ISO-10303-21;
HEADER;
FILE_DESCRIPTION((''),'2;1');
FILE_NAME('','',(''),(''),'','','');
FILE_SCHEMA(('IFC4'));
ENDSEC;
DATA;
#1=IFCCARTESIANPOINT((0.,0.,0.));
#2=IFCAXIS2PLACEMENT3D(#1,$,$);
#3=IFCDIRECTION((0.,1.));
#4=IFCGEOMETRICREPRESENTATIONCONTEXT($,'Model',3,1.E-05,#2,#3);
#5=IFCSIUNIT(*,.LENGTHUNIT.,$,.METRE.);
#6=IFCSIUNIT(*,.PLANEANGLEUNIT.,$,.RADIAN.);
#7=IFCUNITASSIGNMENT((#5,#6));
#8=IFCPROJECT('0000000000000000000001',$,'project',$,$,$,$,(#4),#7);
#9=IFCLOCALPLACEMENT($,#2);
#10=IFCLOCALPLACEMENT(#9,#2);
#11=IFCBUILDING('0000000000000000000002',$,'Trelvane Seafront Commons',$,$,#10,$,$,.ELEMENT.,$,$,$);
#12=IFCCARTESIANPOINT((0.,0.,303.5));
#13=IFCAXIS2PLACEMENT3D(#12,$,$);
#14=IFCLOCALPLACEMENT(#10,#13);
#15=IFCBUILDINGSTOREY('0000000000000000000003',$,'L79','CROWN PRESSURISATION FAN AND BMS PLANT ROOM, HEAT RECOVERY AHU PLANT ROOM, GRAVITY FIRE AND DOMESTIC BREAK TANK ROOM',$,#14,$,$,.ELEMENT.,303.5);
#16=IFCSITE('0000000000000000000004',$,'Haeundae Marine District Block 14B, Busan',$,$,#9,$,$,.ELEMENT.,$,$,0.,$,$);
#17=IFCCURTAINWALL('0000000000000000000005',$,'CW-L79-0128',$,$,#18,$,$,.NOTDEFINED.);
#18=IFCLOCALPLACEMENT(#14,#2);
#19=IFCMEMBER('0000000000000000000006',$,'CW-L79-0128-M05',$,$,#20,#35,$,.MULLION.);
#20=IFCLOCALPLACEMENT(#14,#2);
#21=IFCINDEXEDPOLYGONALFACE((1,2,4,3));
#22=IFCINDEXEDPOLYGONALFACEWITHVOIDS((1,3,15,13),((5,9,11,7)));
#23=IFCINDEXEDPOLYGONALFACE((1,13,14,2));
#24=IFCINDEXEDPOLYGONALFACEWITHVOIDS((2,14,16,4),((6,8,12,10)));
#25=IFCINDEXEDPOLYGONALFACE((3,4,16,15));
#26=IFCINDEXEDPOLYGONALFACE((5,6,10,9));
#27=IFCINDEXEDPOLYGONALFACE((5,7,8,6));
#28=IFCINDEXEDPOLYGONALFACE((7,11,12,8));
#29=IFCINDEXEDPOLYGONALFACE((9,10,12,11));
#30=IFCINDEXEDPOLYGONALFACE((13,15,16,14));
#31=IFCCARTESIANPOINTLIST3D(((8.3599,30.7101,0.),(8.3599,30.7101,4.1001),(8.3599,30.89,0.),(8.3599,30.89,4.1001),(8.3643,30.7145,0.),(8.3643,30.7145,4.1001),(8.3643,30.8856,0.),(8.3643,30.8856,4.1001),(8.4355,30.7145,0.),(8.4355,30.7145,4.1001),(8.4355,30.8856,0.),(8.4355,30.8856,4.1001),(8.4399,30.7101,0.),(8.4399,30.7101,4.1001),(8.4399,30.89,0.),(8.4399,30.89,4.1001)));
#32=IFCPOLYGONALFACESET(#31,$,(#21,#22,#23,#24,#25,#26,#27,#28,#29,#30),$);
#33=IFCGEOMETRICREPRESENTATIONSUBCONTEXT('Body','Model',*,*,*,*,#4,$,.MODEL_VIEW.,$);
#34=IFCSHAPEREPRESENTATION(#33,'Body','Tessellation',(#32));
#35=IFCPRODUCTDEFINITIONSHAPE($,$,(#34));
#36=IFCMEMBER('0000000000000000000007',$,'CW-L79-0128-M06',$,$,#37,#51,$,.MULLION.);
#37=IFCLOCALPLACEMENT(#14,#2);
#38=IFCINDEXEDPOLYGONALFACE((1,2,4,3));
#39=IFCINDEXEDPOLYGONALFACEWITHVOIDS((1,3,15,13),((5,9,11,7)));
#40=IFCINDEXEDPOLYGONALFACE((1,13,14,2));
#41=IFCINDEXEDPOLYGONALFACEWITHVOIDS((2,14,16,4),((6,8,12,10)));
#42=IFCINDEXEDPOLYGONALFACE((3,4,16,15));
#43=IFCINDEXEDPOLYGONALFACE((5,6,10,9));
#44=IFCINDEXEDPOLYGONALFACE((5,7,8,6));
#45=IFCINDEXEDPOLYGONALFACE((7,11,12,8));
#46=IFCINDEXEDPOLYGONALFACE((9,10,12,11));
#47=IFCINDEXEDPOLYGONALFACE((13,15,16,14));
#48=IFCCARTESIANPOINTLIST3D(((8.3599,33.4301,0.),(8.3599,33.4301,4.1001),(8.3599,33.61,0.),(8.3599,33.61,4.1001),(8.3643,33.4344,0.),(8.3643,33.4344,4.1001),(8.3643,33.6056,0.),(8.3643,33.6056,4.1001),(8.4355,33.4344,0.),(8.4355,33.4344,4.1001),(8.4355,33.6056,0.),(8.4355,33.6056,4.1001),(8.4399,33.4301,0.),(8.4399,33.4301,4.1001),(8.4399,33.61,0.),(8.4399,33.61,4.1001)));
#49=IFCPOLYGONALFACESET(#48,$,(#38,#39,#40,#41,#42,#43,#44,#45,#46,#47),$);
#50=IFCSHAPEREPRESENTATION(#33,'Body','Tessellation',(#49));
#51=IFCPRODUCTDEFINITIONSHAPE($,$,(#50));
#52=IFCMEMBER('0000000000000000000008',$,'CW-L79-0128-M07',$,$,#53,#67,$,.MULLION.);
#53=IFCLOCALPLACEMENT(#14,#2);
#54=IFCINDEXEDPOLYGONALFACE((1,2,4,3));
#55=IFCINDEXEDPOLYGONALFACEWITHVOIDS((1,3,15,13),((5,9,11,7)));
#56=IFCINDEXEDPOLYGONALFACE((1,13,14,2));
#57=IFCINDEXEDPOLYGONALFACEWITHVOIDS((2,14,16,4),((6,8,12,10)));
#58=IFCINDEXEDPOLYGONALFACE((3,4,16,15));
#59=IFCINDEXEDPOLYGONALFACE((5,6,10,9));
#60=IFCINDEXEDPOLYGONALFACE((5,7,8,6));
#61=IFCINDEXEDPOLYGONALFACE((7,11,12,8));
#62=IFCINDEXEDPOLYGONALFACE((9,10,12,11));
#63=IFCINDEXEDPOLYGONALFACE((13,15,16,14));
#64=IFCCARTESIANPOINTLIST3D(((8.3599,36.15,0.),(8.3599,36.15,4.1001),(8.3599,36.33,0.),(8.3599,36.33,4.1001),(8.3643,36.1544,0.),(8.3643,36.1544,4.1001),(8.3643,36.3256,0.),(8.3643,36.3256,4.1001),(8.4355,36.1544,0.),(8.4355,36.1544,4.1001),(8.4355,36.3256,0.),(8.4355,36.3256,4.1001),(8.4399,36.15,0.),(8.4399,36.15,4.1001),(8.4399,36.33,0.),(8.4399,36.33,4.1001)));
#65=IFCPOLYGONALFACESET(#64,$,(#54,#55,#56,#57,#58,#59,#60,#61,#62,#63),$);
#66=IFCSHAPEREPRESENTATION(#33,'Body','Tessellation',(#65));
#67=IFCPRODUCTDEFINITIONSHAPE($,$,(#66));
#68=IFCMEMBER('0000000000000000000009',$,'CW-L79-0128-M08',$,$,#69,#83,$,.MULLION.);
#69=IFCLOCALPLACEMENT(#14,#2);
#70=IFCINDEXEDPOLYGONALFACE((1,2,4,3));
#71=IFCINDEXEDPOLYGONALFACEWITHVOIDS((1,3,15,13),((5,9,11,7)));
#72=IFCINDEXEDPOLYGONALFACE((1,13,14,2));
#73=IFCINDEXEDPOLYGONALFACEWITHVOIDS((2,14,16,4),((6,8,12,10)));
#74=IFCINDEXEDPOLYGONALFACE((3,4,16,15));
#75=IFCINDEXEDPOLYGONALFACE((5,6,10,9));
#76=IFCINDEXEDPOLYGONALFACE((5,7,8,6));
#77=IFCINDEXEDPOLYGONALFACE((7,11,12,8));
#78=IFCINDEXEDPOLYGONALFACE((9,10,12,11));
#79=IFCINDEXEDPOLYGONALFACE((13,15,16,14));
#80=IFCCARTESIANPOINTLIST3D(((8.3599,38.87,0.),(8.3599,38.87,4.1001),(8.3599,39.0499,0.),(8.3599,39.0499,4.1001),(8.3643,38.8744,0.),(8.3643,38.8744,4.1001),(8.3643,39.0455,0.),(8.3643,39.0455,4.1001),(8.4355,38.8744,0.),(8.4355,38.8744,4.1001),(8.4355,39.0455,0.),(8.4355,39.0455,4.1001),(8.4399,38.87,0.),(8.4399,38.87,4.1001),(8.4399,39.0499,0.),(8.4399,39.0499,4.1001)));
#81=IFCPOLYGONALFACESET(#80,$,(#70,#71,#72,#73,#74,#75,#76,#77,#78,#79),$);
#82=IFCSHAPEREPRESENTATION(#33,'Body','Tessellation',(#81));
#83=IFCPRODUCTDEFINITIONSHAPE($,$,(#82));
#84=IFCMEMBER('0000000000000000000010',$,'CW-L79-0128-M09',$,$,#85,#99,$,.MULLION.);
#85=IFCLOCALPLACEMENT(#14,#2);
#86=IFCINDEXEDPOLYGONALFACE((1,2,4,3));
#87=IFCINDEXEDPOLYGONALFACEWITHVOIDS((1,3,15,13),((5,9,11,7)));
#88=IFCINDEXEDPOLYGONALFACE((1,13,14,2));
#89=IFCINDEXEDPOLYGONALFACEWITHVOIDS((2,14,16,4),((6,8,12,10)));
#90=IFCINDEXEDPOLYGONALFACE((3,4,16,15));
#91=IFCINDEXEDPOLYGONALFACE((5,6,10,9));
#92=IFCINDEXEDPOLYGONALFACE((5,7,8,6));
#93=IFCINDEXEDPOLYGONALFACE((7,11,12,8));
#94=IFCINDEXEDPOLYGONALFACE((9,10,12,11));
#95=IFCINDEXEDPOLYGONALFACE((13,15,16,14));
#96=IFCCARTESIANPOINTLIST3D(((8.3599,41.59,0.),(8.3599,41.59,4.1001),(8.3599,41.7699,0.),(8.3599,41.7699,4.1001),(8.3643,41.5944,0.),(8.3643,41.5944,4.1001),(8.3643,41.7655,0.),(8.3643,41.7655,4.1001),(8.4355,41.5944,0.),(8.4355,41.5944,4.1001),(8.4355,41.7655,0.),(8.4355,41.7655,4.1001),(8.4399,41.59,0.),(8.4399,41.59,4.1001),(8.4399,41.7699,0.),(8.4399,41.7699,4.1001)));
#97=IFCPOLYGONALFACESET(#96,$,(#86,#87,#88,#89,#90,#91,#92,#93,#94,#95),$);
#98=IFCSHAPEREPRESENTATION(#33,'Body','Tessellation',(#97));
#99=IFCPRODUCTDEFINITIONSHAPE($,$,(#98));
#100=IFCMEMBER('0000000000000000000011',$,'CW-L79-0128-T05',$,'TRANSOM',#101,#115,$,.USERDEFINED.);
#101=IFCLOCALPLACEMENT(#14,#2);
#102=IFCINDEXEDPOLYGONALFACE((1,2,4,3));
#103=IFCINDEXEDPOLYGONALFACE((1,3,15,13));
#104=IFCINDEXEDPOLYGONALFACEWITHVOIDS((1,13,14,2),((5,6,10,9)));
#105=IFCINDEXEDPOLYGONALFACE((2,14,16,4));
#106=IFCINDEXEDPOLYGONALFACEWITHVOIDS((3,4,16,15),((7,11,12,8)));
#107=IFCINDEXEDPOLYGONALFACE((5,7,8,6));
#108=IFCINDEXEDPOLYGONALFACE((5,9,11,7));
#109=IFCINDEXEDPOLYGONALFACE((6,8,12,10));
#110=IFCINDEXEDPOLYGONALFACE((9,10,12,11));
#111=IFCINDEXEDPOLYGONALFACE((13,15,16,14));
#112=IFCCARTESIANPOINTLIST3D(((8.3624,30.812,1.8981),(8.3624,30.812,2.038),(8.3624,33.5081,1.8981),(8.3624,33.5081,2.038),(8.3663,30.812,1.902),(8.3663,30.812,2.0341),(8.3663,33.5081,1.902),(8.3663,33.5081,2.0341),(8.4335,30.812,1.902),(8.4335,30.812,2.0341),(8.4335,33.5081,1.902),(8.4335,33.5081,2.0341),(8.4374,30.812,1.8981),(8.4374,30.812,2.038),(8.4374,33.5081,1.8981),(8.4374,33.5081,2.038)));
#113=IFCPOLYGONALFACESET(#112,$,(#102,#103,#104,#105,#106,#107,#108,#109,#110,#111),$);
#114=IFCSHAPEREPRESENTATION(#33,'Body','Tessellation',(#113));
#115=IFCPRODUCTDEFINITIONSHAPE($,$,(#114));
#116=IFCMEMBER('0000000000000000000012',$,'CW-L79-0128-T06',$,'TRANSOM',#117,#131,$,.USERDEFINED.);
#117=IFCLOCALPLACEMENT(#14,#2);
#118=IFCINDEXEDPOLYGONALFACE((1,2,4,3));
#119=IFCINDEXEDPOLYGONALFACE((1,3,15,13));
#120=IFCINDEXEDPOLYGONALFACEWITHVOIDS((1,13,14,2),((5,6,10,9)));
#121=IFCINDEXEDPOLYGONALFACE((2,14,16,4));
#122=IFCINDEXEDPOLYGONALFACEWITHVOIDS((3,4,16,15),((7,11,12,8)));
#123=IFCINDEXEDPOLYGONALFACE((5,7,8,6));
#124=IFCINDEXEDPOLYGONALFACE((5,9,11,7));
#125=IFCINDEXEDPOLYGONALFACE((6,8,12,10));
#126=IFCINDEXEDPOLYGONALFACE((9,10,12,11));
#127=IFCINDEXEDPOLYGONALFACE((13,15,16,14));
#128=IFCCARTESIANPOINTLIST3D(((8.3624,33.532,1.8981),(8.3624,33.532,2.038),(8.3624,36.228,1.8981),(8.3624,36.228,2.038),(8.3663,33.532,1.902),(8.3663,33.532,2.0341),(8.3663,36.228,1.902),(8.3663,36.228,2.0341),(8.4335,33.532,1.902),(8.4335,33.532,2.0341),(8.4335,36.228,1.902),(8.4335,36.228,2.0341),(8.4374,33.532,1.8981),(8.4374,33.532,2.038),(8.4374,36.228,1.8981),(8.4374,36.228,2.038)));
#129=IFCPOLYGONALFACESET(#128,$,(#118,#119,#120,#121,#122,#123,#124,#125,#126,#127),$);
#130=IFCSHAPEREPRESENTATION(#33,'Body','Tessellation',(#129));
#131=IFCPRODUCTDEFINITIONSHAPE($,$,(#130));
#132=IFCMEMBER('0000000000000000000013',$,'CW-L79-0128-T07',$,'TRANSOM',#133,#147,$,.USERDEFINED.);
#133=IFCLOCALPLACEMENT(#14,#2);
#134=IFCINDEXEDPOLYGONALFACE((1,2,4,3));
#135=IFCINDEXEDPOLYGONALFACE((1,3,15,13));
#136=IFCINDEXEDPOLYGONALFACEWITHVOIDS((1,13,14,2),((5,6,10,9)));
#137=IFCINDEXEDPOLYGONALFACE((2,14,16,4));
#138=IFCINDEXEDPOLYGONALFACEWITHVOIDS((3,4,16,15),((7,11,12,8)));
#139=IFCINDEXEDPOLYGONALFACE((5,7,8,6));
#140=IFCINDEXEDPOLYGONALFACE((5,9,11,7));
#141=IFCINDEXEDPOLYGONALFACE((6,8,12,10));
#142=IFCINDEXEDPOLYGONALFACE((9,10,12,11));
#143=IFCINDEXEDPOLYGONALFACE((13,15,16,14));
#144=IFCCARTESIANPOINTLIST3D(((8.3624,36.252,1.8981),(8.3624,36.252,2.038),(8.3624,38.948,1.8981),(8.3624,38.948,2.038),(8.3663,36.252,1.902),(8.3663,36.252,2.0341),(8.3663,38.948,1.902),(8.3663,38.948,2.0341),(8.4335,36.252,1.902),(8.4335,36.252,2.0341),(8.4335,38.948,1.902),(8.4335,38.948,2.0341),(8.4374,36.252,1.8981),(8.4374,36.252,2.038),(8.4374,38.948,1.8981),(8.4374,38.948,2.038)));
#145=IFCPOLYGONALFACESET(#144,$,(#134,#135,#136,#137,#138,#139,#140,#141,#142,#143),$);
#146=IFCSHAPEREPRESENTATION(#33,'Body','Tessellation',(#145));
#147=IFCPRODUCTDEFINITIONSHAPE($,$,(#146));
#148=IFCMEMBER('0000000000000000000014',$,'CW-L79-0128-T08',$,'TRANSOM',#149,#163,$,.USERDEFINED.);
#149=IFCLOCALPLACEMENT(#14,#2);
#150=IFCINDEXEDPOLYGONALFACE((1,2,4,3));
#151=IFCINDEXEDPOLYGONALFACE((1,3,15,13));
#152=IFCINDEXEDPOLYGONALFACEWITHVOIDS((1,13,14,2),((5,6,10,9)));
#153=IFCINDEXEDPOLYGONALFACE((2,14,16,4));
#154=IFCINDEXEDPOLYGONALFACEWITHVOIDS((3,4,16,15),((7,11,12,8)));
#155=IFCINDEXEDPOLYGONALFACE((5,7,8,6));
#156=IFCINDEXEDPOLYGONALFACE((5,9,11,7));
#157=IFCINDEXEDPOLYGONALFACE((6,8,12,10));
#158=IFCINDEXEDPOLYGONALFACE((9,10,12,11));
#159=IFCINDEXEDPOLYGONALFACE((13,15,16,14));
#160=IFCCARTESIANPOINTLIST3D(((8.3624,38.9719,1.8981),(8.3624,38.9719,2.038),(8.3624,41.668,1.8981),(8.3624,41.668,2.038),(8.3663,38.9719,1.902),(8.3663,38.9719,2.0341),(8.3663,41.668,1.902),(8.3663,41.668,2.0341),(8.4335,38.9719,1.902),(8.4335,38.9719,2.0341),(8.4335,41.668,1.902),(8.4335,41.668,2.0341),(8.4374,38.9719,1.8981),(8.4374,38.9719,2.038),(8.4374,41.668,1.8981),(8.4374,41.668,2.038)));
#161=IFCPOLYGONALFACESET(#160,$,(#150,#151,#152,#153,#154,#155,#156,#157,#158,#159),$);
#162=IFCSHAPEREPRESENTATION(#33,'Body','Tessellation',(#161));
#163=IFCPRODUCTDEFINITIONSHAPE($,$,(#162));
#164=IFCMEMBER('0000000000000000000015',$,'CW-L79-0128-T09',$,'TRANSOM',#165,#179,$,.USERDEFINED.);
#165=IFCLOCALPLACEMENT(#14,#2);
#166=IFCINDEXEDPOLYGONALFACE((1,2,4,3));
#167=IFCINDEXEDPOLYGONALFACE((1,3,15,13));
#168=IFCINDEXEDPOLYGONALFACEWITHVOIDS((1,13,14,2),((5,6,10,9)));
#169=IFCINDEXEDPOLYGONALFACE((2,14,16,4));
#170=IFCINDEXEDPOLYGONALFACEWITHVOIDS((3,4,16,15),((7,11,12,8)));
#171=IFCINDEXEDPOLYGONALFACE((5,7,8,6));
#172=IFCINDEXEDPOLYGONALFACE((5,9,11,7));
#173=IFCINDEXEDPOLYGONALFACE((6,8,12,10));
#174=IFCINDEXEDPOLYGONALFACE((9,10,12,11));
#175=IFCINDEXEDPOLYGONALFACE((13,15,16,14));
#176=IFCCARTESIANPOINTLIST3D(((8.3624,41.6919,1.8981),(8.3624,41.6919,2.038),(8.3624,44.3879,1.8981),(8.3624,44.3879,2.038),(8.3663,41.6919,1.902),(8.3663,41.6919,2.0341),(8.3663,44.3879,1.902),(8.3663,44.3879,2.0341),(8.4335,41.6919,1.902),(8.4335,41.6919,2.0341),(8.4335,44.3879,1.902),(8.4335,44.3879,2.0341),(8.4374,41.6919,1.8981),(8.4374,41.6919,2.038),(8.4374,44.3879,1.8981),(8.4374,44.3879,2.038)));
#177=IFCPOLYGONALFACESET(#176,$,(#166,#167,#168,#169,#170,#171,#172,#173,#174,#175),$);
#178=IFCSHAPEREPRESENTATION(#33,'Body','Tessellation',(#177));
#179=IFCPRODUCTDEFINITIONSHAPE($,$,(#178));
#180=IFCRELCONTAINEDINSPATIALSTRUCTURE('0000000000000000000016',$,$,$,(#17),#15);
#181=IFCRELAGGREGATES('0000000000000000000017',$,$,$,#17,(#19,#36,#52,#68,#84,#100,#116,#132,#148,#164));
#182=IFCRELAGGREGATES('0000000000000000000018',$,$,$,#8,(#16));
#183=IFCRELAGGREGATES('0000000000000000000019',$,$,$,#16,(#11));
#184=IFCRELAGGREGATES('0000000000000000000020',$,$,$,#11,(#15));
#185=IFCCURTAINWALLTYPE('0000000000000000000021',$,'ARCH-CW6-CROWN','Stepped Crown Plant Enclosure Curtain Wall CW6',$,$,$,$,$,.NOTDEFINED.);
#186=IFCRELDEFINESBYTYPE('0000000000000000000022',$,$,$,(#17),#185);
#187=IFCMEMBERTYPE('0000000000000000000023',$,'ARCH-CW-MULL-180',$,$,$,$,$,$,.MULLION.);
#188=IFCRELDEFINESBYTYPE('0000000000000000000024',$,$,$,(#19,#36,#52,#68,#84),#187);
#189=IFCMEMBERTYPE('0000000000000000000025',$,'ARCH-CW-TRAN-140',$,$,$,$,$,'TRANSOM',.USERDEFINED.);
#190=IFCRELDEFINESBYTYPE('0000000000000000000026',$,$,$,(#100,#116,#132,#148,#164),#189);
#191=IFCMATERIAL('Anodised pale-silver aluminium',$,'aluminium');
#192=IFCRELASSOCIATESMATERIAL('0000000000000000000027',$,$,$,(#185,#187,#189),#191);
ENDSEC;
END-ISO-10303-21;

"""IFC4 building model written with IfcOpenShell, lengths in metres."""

from ifc_helpers import new_model, si_unit, direction, frame, origin, origin_2d, place, context, subcontext, project, spatial, hollow_rectangle, extrude, source, transform, mapped, material, material_profile, profile_set, type_object, element, aggregate, save


model = new_model("IFC4")

# Units and contexts
model_context = context("Model", 3, precision=1e-05, world=origin(), true_north=direction((0.0, 1.0)))
body_context = subcontext(model_context, "Body", "Model", "MODEL_VIEW")
ifc_project = project(units=[si_unit("LENGTHUNIT", "METRE"), si_unit("PLANEANGLEUNIT", "RADIAN")], contexts=[model_context])

# Site, building, storey
site_placement = place(None, origin())
site = spatial("IfcSite", under=ifc_project, at=site_placement, Name="Haeundae Marine District Block 14B, Busan", CompositionType="ELEMENT", RefElevation=0.0)
building_placement = place(site_placement, origin())
building = spatial("IfcBuilding", under=site, at=building_placement, Name="Trelvane Seafront Commons", CompositionType="ELEMENT")
storey_placement = place(building_placement, frame((0.0, 0.0, 303.5)))
storey = spatial("IfcBuildingStorey", under=building, at=storey_placement, Name="L79", Description="CROWN PRESSURISATION FAN AND BMS PLANT ROOM, HEAT RECOVERY AHU PLANT ROOM, GRAVITY FIRE AND DOMESTIC BREAK TANK ROOM", CompositionType="ELEMENT", Elevation=303.5)

# Curtain wall, members
ifc_material_1 = material(Name="Anodised pale-silver aluminium", Category="aluminium")
curtain_wall_type = type_object("IfcCurtainWallType", Name="ARCH-CW6-CROWN", Description="Stepped Crown Plant Enclosure Curtain Wall CW6", PredefinedType="NOTDEFINED", material=ifc_material_1)
curtain_wall_placement = place(storey_placement, origin())
curtain_wall = element("IfcCurtainWall", 1, at=curtain_wall_placement, inside=storey, type_object=curtain_wall_type, Name="CW-L79-0128", PredefinedType="NOTDEFINED")
ifc_material_profile_1 = material_profile(ifc_material_1, hollow_rectangle(XDim=0.0801, YDim=0.1799, WallThickness=0.0044, at=origin_2d()), Name="MULL-80x180x4.5")
ifc_profile_set_1 = profile_set([ifc_material_profile_1], Name="Anodised pale-silver aluminium")
member_type_1 = type_object("IfcMemberType", Name="ARCH-CW-MULL-180", PredefinedType="MULLION", material=ifc_profile_set_1)
shared_shape_1 = source(origin(), body_context, "Body", "SweptSolid", [
    extrude(hollow_rectangle(XDim=0.0801, YDim=0.1799, WallThickness=0.0044, at=origin_2d()), origin(), (0.0, 0.0, 1.0), 4.1001),
])
member_1_placement = place(storey_placement, frame((8.3999, 30.8, 0.0), z_axis=(0.0, 0.0, 1.0), x_axis=(1.0, 0.0, 0.0)))
member_1 = element("IfcMember", 2, at=member_1_placement, type_object=member_type_1, Name="CW-L79-0128-M05", PredefinedType="MULLION", context=body_context, shape_type="MappedRepresentation", body=[
    mapped(shared_shape_1, transform((0.0, 0.0, 0.0), x_axis=(1.0, 0.0, 0.0), y_axis=(0.0, 1.0, 0.0), z_axis=(0.0, 0.0, 1.0), scale=1.0)),
])
member_2_placement = place(storey_placement, frame((8.3999, 33.52, 0.0), z_axis=(0.0, 0.0, 1.0), x_axis=(1.0, 0.0, 0.0)))
member_2 = element("IfcMember", 3, at=member_2_placement, type_object=member_type_1, Name="CW-L79-0128-M06", PredefinedType="MULLION", context=body_context, shape_type="MappedRepresentation", body=[
    mapped(shared_shape_1, transform((0.0, 0.0, 0.0), x_axis=(1.0, 0.0, 0.0), y_axis=(0.0, 1.0, 0.0), z_axis=(0.0, 0.0, 1.0), scale=1.0)),
])
member_3_placement = place(storey_placement, frame((8.3999, 36.24, 0.0), z_axis=(0.0, 0.0, 1.0), x_axis=(1.0, 0.0, 0.0)))
member_3 = element("IfcMember", 4, at=member_3_placement, type_object=member_type_1, Name="CW-L79-0128-M07", PredefinedType="MULLION", context=body_context, shape_type="MappedRepresentation", body=[
    mapped(shared_shape_1, transform((0.0, 0.0, 0.0), x_axis=(1.0, 0.0, 0.0), y_axis=(0.0, 1.0, 0.0), z_axis=(0.0, 0.0, 1.0), scale=1.0)),
])
member_4_placement = place(storey_placement, frame((8.3999, 38.96, 0.0), z_axis=(0.0, 0.0, 1.0), x_axis=(1.0, 0.0, 0.0)))
member_4 = element("IfcMember", 5, at=member_4_placement, type_object=member_type_1, Name="CW-L79-0128-M08", PredefinedType="MULLION", context=body_context, shape_type="MappedRepresentation", body=[
    mapped(shared_shape_1, transform((0.0, 0.0, 0.0), x_axis=(1.0, 0.0, 0.0), y_axis=(0.0, 1.0, 0.0), z_axis=(0.0, 0.0, 1.0), scale=1.0)),
])
member_5_placement = place(storey_placement, frame((8.3999, 41.6799, 0.0), z_axis=(0.0, 0.0, 1.0), x_axis=(1.0, 0.0, 0.0)))
member_5 = element("IfcMember", 6, at=member_5_placement, type_object=member_type_1, Name="CW-L79-0128-M09", PredefinedType="MULLION", context=body_context, shape_type="MappedRepresentation", body=[
    mapped(shared_shape_1, transform((0.0, 0.0, 0.0), x_axis=(1.0, 0.0, 0.0), y_axis=(0.0, 1.0, 0.0), z_axis=(0.0, 0.0, 1.0), scale=1.0)),
])
ifc_material_profile_2 = material_profile(ifc_material_1, hollow_rectangle(XDim=0.075, YDim=0.1399, WallThickness=0.0039, at=origin_2d()), Name="TRAN-75x140x4")
ifc_profile_set_2 = profile_set([ifc_material_profile_2], Name="Anodised pale-silver aluminium")
member_type_2 = type_object("IfcMemberType", Name="ARCH-CW-TRAN-140", ElementType="TRANSOM", PredefinedType="USERDEFINED", material=ifc_profile_set_2)
shared_shape_2 = source(origin(), body_context, "Body", "SweptSolid", [
    extrude(hollow_rectangle(XDim=0.075, YDim=0.1399, WallThickness=0.0039, at=origin_2d()), origin(), (0.0, 0.0, 1.0), 2.696),
])
member_6_placement = place(storey_placement, frame((8.3999, 30.812, 1.968), z_axis=(0.0, 1.0, 0.0), x_axis=(-1.0, 0.0, 0.0)))
member_6 = element("IfcMember", 7, at=member_6_placement, type_object=member_type_2, Name="CW-L79-0128-T05", ObjectType="TRANSOM", PredefinedType="USERDEFINED", context=body_context, shape_type="MappedRepresentation", body=[
    mapped(shared_shape_2, transform((0.0, 0.0, 0.0), x_axis=(1.0, 0.0, 0.0), y_axis=(0.0, 1.0, 0.0), z_axis=(0.0, 0.0, 1.0), scale=1.0)),
])
member_7_placement = place(storey_placement, frame((8.3999, 33.532, 1.968), z_axis=(0.0, 1.0, 0.0), x_axis=(-1.0, 0.0, 0.0)))
member_7 = element("IfcMember", 8, at=member_7_placement, type_object=member_type_2, Name="CW-L79-0128-T06", ObjectType="TRANSOM", PredefinedType="USERDEFINED", context=body_context, shape_type="MappedRepresentation", body=[
    mapped(shared_shape_2, transform((0.0, 0.0, 0.0), x_axis=(1.0, 0.0, 0.0), y_axis=(0.0, 1.0, 0.0), z_axis=(0.0, 0.0, 1.0), scale=1.0)),
])
member_8_placement = place(storey_placement, frame((8.3999, 36.252, 1.968), z_axis=(0.0, 1.0, 0.0), x_axis=(-1.0, 0.0, 0.0)))
member_8 = element("IfcMember", 9, at=member_8_placement, type_object=member_type_2, Name="CW-L79-0128-T07", ObjectType="TRANSOM", PredefinedType="USERDEFINED", context=body_context, shape_type="MappedRepresentation", body=[
    mapped(shared_shape_2, transform((0.0, 0.0, 0.0), x_axis=(1.0, 0.0, 0.0), y_axis=(0.0, 1.0, 0.0), z_axis=(0.0, 0.0, 1.0), scale=1.0)),
])
member_9_placement = place(storey_placement, frame((8.3999, 38.9719, 1.968), z_axis=(0.0, 1.0, 0.0), x_axis=(-1.0, 0.0, 0.0)))
member_9 = element("IfcMember", 10, at=member_9_placement, type_object=member_type_2, Name="CW-L79-0128-T08", ObjectType="TRANSOM", PredefinedType="USERDEFINED", context=body_context, shape_type="MappedRepresentation", body=[
    mapped(shared_shape_2, transform((0.0, 0.0, 0.0), x_axis=(1.0, 0.0, 0.0), y_axis=(0.0, 1.0, 0.0), z_axis=(0.0, 0.0, 1.0), scale=1.0)),
])
member_10_placement = place(storey_placement, frame((8.3999, 41.6919, 1.968), z_axis=(0.0, 1.0, 0.0), x_axis=(-1.0, 0.0, 0.0)))
member_10 = element("IfcMember", 11, at=member_10_placement, type_object=member_type_2, Name="CW-L79-0128-T09", ObjectType="TRANSOM", PredefinedType="USERDEFINED", context=body_context, shape_type="MappedRepresentation", body=[
    mapped(shared_shape_2, transform((0.0, 0.0, 0.0), x_axis=(1.0, 0.0, 0.0), y_axis=(0.0, 1.0, 0.0), z_axis=(0.0, 0.0, 1.0), scale=1.0)),
])
aggregate(curtain_wall, [member_1, member_2, member_3, member_4, member_5, member_6, member_7, member_8, member_9, member_10])

save(model, "model.ifc")
